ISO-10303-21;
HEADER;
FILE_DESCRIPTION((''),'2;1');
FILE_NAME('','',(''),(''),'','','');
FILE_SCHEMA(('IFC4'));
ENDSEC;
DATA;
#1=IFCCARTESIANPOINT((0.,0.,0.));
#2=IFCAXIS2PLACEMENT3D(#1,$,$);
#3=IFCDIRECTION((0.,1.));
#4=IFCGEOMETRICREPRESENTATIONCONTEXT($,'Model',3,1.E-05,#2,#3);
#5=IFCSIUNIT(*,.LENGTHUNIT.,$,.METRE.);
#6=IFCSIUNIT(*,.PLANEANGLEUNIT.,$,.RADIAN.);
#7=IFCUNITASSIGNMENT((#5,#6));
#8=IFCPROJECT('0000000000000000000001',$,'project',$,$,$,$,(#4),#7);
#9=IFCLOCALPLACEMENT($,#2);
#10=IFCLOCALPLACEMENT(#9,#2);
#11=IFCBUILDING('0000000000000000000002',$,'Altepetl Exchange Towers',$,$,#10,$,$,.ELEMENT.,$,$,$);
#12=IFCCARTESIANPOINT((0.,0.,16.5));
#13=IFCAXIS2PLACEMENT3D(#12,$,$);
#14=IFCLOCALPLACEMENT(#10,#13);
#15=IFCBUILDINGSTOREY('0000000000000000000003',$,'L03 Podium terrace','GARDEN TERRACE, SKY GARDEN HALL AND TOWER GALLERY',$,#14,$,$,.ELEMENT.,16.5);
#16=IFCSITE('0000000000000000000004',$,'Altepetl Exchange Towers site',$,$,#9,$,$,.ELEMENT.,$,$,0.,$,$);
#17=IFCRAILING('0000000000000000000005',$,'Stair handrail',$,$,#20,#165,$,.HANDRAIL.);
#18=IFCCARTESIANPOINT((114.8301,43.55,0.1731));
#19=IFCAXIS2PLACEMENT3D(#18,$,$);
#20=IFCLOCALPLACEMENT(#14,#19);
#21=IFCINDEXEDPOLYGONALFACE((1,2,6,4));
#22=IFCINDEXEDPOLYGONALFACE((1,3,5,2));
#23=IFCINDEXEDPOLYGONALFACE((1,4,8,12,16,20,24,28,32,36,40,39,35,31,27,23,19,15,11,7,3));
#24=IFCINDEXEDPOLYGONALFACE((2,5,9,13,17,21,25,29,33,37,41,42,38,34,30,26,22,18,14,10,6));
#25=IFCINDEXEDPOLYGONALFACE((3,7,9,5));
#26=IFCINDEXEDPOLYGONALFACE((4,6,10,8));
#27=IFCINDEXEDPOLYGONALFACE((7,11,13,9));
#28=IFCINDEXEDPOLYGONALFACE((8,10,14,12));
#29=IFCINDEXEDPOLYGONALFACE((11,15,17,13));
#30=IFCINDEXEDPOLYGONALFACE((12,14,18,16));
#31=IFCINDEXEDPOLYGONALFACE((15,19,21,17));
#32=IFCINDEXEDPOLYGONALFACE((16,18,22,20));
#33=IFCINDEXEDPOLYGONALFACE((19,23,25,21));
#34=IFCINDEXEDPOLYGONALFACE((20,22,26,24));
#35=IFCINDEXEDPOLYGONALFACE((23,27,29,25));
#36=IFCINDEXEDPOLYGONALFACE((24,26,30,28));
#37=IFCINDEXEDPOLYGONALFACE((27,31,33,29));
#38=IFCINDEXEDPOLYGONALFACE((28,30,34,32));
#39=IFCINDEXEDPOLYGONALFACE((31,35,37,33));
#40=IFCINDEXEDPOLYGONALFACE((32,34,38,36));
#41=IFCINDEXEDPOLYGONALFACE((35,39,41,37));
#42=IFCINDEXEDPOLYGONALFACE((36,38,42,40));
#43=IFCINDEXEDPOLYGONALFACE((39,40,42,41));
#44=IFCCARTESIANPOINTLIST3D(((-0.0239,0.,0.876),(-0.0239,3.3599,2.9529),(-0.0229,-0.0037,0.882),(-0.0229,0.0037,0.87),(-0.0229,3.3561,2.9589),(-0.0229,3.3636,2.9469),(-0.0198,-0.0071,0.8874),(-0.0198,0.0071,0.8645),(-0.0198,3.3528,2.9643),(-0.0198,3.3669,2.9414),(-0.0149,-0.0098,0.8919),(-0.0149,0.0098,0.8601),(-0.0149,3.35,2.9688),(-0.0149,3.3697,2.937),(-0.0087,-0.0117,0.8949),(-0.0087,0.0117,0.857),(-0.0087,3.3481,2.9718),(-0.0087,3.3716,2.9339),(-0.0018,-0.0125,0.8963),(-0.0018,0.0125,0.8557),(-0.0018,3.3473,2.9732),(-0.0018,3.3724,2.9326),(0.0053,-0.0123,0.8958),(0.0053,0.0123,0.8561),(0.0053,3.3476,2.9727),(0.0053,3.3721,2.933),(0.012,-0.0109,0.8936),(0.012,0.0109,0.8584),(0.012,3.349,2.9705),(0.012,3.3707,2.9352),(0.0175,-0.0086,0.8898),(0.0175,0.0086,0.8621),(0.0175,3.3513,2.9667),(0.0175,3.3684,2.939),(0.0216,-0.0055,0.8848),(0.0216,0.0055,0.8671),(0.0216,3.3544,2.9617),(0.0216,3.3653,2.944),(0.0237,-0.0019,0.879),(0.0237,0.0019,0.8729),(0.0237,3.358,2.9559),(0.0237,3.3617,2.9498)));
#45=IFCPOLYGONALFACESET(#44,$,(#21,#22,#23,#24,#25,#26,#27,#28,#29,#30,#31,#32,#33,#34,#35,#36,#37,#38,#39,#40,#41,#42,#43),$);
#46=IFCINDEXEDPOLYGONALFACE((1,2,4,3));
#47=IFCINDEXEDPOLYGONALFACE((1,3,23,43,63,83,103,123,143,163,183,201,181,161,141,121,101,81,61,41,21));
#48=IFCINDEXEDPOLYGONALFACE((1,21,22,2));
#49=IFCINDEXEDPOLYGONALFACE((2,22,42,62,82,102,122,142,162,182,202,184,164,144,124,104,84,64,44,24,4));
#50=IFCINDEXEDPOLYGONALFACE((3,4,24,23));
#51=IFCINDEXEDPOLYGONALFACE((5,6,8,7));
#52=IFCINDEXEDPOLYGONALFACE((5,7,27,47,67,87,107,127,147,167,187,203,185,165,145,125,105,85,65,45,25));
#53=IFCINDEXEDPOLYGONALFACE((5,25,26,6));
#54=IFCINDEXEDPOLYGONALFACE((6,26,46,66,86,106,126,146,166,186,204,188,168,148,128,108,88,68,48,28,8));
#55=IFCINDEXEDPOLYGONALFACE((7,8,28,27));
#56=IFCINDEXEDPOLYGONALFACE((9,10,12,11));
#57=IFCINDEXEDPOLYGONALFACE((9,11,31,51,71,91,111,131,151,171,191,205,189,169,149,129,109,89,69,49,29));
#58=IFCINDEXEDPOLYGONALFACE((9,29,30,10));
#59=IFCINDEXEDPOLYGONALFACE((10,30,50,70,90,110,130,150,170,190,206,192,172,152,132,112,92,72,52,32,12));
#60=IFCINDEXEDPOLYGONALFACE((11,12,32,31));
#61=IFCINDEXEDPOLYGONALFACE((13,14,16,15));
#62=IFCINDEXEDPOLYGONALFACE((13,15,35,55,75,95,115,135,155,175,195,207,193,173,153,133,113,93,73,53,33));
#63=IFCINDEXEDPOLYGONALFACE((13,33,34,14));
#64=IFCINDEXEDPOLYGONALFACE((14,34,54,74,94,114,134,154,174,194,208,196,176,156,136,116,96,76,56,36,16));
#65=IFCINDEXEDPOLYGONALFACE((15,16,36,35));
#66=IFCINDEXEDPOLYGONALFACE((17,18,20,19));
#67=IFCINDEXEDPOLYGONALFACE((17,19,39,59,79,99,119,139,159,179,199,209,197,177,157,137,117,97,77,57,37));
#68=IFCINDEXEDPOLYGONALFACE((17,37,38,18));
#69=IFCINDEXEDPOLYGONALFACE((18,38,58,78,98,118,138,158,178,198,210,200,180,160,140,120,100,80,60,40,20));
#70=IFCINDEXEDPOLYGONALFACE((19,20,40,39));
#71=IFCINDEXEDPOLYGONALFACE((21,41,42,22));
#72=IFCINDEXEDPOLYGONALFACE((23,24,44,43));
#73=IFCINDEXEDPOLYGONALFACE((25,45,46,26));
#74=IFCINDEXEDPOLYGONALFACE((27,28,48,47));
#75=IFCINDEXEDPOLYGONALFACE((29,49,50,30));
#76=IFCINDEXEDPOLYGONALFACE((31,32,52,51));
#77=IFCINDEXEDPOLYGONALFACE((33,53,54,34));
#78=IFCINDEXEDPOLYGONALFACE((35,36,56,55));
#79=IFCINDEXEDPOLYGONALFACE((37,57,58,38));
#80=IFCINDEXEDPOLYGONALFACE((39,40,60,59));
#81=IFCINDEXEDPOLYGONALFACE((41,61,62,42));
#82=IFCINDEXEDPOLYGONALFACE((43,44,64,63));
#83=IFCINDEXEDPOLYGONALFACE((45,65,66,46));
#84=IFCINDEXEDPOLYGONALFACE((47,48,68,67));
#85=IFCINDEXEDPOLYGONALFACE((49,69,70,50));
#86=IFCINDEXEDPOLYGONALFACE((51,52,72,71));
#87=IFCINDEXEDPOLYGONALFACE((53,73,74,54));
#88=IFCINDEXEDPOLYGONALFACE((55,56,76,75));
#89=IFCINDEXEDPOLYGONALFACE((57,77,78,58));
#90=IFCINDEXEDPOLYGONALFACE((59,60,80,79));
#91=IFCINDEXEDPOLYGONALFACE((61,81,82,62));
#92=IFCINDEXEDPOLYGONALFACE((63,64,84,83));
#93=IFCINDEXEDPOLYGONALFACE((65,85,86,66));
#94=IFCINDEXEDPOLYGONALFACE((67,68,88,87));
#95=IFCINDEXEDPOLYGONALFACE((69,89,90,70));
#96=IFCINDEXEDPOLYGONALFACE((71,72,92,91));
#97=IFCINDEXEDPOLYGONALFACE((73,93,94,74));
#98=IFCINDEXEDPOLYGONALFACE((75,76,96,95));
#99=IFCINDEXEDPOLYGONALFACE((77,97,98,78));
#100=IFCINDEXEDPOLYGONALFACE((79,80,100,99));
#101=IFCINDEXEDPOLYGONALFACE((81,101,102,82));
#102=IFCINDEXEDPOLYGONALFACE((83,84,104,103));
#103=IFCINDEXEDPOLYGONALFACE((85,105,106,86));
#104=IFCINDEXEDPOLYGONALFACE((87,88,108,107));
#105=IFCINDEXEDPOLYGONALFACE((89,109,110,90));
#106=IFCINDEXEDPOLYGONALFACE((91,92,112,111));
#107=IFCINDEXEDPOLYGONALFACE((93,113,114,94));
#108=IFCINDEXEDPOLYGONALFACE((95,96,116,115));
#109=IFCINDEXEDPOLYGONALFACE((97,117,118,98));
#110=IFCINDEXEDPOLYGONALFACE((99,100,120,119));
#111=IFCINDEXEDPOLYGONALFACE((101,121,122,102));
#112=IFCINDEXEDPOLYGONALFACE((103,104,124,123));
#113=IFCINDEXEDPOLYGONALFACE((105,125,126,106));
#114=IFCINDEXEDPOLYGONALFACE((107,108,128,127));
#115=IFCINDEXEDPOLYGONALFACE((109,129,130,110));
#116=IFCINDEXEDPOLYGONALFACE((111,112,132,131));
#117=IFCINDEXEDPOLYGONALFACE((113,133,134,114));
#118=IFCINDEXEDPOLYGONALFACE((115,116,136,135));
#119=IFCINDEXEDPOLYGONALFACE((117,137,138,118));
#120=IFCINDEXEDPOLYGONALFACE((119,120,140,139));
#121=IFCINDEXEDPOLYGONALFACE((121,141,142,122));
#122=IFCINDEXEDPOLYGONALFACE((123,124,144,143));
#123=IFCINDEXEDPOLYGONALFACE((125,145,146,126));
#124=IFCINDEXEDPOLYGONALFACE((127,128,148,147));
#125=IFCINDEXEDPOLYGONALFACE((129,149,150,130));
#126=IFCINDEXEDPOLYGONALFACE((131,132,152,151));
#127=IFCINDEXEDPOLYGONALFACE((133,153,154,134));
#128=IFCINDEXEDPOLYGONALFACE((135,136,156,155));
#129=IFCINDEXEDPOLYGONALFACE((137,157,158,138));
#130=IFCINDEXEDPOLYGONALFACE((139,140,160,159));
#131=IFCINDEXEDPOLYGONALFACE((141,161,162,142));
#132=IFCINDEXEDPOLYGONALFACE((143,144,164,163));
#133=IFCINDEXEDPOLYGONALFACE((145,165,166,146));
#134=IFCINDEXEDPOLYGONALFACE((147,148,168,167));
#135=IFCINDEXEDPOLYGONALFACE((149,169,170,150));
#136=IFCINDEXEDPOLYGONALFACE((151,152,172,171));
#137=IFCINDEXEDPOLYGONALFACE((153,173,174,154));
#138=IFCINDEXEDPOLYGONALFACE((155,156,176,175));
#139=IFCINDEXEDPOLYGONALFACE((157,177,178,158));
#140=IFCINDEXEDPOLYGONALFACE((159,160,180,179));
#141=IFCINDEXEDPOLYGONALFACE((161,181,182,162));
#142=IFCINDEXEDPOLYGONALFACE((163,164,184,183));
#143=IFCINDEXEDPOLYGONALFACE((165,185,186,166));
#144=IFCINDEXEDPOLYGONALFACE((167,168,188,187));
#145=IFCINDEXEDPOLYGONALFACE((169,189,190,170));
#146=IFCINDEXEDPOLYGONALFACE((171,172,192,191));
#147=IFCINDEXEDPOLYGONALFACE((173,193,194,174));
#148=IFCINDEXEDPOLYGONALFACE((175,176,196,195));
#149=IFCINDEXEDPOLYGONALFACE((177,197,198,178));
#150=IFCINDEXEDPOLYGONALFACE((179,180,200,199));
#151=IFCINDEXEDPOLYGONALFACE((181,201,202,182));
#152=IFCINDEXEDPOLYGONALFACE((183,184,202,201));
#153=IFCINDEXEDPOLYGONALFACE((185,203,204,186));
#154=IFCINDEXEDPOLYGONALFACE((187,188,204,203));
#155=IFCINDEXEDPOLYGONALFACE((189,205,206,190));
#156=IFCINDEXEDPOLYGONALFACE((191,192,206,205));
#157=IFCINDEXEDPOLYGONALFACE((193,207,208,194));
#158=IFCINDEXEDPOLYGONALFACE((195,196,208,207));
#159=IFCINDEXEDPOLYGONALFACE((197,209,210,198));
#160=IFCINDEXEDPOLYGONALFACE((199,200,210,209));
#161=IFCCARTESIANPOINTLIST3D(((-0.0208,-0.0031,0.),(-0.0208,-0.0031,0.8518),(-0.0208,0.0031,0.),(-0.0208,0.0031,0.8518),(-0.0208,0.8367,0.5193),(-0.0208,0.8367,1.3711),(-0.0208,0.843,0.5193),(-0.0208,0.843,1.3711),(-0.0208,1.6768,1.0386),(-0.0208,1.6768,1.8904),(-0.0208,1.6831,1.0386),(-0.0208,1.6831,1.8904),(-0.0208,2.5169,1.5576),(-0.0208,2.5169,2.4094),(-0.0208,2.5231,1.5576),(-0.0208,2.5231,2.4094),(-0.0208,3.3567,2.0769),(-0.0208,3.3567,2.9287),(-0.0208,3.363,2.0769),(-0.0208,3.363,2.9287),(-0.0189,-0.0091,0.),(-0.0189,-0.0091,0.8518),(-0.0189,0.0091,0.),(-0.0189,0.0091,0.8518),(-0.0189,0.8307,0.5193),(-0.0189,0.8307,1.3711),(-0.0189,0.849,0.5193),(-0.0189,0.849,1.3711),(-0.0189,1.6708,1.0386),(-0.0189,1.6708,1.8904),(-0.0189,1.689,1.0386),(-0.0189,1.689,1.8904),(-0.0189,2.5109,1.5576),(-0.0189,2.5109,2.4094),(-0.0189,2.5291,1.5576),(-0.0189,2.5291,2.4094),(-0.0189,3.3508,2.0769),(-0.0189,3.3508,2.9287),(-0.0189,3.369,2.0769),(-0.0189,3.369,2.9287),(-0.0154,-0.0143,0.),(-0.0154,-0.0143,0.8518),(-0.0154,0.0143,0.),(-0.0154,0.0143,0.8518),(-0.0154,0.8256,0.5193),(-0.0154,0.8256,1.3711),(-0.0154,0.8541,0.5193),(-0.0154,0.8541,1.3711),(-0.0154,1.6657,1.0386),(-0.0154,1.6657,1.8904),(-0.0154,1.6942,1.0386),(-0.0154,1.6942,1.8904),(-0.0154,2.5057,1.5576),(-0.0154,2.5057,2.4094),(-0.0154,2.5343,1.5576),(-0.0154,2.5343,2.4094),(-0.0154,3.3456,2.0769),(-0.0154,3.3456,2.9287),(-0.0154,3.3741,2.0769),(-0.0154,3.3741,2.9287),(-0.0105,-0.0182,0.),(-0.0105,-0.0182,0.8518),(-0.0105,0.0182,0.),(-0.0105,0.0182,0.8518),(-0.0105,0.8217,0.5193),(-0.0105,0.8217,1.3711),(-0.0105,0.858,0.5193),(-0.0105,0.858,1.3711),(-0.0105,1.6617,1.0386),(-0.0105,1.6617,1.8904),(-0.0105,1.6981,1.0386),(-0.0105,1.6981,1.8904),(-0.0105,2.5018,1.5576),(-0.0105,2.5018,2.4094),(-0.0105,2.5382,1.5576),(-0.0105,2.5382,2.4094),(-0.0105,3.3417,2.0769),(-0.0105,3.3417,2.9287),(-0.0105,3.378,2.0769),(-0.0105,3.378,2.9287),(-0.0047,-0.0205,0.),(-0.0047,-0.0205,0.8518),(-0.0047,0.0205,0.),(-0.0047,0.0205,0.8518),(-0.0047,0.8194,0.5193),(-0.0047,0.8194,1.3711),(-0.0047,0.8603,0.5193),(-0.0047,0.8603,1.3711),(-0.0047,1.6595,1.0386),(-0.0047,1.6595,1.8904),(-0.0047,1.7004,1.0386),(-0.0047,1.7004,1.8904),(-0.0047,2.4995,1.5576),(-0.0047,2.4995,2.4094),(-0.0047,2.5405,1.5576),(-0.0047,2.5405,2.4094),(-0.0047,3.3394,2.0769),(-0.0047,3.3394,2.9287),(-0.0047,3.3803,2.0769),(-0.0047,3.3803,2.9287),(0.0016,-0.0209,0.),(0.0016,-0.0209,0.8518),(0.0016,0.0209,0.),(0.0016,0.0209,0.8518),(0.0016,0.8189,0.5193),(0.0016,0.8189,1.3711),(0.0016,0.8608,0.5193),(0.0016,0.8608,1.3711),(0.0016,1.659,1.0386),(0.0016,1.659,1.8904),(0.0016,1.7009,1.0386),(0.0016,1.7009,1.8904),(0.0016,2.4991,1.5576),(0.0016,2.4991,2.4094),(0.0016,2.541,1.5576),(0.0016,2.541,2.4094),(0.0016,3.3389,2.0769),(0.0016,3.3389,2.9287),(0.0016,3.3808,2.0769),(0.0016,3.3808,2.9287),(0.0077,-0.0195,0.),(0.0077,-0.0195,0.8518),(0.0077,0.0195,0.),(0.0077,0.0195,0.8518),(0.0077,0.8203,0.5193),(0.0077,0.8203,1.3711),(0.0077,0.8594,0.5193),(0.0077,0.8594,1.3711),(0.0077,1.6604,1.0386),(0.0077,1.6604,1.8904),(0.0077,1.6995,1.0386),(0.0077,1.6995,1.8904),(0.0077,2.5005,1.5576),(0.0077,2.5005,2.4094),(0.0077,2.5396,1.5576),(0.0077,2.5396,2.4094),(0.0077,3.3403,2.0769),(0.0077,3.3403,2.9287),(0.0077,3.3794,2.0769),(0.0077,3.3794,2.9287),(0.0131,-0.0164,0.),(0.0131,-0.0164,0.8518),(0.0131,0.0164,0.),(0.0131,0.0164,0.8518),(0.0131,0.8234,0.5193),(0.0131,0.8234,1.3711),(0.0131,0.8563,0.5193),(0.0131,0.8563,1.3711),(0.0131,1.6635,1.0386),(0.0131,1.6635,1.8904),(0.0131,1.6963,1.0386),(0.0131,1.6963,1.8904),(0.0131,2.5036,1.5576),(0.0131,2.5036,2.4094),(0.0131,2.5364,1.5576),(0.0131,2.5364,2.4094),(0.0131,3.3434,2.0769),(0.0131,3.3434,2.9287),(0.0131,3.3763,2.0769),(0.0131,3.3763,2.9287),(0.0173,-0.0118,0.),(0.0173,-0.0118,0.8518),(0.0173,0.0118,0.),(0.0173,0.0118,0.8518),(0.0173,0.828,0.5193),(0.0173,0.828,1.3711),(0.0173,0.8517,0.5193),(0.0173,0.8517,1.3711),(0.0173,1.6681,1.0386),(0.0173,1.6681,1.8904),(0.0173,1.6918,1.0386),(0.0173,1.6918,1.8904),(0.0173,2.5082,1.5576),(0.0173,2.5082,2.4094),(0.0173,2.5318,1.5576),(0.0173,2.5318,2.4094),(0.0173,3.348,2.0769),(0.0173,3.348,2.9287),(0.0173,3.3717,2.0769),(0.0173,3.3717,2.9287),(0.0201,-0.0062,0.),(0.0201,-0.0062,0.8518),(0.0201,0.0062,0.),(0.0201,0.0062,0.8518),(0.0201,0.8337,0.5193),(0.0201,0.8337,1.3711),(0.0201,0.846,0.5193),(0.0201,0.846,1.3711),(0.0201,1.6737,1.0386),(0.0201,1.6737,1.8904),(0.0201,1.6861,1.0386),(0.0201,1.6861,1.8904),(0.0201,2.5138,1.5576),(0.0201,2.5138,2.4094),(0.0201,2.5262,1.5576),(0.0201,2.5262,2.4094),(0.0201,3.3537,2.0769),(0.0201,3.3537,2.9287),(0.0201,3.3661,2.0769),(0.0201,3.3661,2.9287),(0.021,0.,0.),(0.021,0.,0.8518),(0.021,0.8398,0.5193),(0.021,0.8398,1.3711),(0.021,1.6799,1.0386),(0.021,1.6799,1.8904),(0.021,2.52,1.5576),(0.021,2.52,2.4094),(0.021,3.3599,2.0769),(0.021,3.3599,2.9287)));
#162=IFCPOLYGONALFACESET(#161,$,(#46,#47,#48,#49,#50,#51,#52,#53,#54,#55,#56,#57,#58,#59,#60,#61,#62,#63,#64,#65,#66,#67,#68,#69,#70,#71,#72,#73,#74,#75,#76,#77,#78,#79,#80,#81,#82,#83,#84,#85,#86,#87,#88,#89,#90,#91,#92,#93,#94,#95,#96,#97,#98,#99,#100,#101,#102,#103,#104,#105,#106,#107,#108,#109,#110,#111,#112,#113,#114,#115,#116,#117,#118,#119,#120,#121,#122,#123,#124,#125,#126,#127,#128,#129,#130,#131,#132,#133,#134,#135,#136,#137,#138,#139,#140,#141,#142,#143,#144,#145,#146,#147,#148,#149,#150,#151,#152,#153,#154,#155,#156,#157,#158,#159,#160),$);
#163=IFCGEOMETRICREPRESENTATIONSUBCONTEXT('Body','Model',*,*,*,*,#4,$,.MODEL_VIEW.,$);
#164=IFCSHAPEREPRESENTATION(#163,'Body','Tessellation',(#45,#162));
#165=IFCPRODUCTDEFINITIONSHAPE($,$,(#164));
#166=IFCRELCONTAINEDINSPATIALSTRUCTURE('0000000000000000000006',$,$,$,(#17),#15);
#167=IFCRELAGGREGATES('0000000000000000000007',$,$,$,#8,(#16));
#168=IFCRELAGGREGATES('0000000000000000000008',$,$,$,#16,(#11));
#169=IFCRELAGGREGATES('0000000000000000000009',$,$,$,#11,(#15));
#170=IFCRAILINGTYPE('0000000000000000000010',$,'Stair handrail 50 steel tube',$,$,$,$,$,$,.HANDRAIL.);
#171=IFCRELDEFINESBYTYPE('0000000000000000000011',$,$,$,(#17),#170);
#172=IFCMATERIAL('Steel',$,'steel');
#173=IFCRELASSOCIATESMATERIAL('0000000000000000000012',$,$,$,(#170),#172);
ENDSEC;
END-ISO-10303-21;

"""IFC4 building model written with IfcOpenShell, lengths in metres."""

from ifc_helpers import new_model, si_unit, direction, frame, origin, origin_2d, place, context, subcontext, project, spatial, circle, extrude, source, transform, mapped, material, type_object, element, save


model = new_model("IFC4")

# Units and contexts
model_context = context("Model", 3, precision=1e-05, world=origin(), true_north=direction((0.0, 1.0)))
body_context = subcontext(model_context, "Body", "Model", "MODEL_VIEW")
ifc_project = project(units=[si_unit("LENGTHUNIT", "METRE"), si_unit("PLANEANGLEUNIT", "RADIAN")], contexts=[model_context])

# Site, building, storey
site_placement = place(None, origin())
site = spatial("IfcSite", under=ifc_project, at=site_placement, Name="Altepetl Exchange Towers site", CompositionType="ELEMENT", RefElevation=0.0)
building_placement = place(site_placement, origin())
building = spatial("IfcBuilding", under=site, at=building_placement, Name="Altepetl Exchange Towers", CompositionType="ELEMENT")
storey_placement = place(building_placement, frame((0.0, 0.0, 16.5)))
storey = spatial("IfcBuildingStorey", under=building, at=storey_placement, Name="L03 Podium terrace", Description="GARDEN TERRACE, SKY GARDEN HALL AND TOWER GALLERY", CompositionType="ELEMENT", Elevation=16.5)

# Railing
ifc_material_1 = material(Name="Steel", Category="steel")
railing_type = type_object("IfcRailingType", Name="Stair handrail 50 steel tube", PredefinedType="HANDRAIL", material=ifc_material_1)
shared_shape = source(origin(), body_context, "Body", "SweptSolid", [
    extrude(circle(Radius=0.021, at=origin_2d()), origin(), (0.0, 0.0, 1.0), 0.8518),
])
railing_placement = place(storey_placement, frame((114.8301, 43.55, 0.1731)))
element("IfcRailing", 1, at=railing_placement, inside=storey, type_object=railing_type, Name="Stair handrail", PredefinedType="HANDRAIL", context=body_context, shape_type="SweptSolid", body=[
    extrude(circle(Radius=0.0239, at=origin_2d()), frame((0.0, 0.0, 0.876), z_axis=(0.0, 0.850606, 0.525803), x_axis=(-1.0, 0.0, 0.0)), (0.0, 0.0, 1.0), 3.95),
    mapped(shared_shape, transform((0.0, 0.0, 0.0))),
    mapped(shared_shape, transform((0.0, 0.8398, 0.5193))),
    mapped(shared_shape, transform((0.0, 1.6799, 1.0386))),
    mapped(shared_shape, transform((0.0, 2.52, 1.5576))),
    mapped(shared_shape, transform((0.0, 3.3599, 2.0769))),
])

save(model, "model.ifc")
